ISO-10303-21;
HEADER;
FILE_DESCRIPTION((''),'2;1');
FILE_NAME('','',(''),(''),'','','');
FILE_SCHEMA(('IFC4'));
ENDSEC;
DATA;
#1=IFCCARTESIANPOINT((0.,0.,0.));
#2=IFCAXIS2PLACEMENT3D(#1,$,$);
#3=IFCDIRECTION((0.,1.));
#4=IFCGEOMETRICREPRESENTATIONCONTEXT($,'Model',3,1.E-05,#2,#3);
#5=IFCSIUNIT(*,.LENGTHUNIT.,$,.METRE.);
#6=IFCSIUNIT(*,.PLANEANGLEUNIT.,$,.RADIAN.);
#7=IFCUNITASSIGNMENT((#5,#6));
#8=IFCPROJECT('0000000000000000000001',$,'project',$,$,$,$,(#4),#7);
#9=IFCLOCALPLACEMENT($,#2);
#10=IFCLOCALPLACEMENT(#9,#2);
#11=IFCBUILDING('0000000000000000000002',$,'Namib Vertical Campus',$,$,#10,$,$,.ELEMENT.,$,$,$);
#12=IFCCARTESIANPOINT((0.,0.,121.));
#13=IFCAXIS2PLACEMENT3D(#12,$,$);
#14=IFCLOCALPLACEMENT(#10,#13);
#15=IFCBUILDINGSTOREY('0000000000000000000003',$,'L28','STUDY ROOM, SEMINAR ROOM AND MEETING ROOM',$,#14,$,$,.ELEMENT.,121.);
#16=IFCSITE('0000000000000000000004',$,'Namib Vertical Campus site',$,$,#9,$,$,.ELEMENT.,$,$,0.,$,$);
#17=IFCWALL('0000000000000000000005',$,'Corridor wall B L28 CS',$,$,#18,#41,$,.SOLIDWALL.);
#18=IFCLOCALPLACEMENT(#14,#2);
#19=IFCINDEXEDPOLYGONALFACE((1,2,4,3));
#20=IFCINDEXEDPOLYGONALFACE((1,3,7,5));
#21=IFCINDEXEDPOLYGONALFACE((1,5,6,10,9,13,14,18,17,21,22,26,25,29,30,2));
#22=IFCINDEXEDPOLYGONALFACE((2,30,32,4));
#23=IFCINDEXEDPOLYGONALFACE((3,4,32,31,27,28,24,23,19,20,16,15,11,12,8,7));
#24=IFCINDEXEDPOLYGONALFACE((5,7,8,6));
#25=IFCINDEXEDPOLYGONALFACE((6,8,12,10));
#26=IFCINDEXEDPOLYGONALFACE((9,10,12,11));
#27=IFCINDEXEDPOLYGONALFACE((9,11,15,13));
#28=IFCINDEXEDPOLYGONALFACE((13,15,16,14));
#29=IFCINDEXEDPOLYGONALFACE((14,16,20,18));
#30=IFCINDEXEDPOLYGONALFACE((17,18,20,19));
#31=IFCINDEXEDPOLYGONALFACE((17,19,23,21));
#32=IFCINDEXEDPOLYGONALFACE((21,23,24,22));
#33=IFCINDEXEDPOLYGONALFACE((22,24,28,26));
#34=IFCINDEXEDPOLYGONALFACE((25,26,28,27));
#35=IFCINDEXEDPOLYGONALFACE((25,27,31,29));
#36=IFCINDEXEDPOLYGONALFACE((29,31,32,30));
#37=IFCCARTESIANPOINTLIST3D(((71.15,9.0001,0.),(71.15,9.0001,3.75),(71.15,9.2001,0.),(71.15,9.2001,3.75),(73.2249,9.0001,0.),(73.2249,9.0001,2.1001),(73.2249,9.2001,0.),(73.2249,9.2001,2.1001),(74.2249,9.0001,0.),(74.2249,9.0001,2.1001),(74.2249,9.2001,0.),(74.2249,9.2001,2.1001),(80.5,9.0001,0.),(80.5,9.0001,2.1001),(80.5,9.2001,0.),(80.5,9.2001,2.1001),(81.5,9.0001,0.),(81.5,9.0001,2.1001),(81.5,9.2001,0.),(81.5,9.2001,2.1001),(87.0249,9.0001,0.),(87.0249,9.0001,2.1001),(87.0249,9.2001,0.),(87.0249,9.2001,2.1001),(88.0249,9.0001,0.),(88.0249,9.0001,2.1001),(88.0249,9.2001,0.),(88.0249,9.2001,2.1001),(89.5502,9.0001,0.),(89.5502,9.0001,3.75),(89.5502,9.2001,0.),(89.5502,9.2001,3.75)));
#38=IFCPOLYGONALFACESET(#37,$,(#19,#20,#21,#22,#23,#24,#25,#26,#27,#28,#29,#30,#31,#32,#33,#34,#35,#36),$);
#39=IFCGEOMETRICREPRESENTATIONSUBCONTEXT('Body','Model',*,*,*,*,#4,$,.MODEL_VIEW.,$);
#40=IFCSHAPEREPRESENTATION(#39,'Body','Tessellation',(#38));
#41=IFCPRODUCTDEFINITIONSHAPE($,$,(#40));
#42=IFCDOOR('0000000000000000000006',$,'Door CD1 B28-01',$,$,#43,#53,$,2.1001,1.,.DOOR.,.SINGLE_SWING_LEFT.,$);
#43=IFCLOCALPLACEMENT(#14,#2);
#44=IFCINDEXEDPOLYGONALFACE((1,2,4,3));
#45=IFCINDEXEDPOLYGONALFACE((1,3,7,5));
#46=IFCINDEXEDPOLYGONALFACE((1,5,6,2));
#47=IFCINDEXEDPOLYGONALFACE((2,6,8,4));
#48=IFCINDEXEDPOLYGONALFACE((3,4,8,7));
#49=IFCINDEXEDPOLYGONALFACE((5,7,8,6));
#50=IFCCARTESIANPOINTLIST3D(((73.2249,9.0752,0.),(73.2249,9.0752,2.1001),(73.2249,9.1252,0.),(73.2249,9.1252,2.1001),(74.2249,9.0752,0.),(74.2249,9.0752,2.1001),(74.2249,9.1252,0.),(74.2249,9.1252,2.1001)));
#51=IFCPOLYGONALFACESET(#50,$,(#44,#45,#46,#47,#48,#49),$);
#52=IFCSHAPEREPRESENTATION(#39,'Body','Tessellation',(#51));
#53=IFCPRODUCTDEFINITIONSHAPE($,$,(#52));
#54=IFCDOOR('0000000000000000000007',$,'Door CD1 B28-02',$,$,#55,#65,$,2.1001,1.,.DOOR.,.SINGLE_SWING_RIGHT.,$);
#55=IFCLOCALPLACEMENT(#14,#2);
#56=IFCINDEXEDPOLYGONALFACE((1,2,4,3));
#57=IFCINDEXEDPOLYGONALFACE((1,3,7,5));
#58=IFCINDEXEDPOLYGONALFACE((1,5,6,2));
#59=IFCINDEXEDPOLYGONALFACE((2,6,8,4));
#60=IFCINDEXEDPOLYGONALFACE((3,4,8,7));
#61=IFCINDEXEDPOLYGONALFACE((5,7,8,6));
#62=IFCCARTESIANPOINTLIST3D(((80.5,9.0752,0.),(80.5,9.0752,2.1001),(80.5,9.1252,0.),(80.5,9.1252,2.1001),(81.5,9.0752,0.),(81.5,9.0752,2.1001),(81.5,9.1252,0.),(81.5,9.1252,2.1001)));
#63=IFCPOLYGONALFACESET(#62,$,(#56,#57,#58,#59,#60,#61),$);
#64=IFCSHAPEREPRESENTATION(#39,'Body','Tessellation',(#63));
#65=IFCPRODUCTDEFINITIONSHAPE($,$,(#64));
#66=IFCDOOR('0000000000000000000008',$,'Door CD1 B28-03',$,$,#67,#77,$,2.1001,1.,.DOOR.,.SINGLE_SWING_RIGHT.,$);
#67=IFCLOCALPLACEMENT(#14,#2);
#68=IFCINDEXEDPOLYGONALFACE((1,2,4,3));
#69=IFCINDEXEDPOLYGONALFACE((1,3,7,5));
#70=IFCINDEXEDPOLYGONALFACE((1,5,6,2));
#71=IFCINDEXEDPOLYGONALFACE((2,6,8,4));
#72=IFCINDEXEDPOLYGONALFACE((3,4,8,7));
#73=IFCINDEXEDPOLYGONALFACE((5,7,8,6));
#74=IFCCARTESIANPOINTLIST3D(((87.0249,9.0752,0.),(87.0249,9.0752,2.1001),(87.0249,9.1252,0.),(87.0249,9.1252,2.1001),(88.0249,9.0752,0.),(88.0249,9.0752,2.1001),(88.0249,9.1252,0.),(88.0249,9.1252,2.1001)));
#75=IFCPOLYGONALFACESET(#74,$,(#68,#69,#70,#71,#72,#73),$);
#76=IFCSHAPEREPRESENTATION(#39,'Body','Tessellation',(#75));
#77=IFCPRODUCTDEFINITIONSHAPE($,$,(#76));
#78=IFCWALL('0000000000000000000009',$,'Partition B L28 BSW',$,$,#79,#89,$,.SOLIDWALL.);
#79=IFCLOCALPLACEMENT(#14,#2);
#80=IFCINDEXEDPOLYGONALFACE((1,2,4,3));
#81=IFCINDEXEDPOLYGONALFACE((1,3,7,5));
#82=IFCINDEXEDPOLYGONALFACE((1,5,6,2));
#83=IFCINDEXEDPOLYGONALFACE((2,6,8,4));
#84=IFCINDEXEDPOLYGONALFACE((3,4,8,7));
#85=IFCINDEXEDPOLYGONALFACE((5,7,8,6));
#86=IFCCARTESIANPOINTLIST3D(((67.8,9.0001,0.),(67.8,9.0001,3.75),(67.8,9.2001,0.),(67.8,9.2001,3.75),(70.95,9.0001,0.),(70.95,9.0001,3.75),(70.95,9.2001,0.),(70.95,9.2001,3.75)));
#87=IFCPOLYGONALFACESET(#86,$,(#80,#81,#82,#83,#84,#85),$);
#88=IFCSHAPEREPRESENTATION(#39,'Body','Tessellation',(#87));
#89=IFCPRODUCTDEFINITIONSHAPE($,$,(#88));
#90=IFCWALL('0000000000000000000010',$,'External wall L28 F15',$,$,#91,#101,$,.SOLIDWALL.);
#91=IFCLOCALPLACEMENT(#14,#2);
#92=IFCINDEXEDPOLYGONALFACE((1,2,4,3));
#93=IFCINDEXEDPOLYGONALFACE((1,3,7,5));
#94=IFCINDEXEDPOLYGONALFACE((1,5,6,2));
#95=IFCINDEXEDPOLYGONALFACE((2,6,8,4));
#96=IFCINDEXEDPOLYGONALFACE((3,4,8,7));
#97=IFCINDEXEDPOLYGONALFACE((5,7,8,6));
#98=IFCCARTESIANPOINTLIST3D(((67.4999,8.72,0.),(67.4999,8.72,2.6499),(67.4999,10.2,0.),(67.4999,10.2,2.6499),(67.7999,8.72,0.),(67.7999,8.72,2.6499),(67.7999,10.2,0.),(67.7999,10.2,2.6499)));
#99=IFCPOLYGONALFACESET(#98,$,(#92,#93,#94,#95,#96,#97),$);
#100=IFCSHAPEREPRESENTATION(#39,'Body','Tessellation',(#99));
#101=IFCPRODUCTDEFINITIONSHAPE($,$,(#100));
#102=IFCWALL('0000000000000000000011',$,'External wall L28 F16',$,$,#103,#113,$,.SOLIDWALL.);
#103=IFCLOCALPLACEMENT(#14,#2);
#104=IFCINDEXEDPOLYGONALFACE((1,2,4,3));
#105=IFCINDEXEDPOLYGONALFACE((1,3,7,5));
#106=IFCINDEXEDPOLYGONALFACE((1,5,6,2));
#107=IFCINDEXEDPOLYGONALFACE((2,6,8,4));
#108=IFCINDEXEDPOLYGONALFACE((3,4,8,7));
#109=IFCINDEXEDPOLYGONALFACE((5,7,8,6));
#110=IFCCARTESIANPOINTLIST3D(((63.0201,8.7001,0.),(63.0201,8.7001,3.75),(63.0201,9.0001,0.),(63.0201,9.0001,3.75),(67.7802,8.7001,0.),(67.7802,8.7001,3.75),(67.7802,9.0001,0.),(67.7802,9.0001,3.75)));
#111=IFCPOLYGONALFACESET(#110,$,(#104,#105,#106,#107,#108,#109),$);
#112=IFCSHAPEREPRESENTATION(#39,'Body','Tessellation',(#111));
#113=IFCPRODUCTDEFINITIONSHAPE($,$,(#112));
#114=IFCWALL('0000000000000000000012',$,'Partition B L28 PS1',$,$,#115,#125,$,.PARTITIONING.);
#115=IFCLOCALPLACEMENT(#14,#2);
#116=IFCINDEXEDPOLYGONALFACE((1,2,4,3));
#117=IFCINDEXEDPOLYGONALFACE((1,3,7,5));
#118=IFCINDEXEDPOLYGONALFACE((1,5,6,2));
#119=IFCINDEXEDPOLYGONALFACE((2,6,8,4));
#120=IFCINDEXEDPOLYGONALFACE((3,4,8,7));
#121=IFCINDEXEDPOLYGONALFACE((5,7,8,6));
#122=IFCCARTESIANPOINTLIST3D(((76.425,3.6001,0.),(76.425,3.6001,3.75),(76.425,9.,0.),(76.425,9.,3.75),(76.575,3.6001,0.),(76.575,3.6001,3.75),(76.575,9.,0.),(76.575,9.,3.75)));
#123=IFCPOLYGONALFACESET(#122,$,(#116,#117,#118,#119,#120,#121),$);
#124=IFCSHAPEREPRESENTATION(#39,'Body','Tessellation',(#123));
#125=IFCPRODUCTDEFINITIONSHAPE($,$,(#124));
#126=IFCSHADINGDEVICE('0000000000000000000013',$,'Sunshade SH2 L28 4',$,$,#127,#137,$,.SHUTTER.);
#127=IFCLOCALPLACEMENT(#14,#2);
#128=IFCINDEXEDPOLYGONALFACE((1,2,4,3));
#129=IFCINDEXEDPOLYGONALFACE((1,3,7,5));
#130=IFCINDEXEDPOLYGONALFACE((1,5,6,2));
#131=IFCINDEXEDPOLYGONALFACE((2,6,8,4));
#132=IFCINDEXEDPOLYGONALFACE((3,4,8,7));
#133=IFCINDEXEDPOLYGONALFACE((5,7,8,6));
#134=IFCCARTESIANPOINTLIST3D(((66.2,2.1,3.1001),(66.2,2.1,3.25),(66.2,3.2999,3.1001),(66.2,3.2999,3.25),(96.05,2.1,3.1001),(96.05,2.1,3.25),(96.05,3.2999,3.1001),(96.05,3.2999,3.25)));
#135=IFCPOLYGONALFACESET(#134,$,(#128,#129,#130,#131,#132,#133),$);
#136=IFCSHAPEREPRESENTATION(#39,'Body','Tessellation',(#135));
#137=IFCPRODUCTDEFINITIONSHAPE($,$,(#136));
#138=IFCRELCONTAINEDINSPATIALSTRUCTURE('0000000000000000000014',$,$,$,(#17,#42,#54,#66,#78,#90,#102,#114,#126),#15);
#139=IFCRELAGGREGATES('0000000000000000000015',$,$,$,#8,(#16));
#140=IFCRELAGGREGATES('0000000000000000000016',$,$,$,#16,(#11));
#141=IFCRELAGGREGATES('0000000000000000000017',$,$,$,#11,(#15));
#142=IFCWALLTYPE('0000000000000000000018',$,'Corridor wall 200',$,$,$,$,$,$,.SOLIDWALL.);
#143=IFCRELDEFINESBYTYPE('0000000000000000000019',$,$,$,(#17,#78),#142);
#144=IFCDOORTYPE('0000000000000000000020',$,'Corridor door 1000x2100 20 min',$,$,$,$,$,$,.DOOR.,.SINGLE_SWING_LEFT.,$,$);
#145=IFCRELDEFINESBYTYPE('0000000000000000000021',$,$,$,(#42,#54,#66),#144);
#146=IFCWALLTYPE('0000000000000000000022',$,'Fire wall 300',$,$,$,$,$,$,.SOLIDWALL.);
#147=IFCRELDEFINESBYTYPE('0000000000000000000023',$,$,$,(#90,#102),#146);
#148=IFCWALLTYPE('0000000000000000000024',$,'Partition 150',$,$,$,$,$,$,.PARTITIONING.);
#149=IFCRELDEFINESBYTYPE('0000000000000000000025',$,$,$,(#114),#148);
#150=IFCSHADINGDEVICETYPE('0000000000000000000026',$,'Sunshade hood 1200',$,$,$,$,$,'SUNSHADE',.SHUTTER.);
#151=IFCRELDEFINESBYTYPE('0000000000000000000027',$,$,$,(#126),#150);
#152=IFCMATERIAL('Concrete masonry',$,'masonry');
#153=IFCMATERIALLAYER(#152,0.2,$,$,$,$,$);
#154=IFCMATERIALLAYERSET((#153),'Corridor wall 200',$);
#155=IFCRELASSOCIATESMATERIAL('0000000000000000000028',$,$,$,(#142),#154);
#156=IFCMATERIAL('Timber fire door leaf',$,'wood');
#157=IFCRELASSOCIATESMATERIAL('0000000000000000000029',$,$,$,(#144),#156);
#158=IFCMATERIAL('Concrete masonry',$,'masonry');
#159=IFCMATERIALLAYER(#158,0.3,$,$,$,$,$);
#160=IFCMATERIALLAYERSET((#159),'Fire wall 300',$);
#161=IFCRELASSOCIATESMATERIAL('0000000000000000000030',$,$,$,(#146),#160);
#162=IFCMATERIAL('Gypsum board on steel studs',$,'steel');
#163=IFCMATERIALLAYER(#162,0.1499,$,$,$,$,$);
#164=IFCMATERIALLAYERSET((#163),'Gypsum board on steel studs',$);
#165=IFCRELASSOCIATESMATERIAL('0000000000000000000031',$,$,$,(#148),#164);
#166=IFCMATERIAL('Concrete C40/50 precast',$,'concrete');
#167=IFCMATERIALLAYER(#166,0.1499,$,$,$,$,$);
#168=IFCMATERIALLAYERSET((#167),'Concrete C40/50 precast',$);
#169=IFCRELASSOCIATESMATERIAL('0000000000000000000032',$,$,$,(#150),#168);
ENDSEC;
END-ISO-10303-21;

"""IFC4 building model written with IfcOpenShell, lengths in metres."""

from ifc_helpers import new_model, si_unit, direction, frame, frame_2d, origin, origin_2d, place, context, subcontext, project, spatial, rectangle, extrude, material, layer, layer_set, type_object, element, fill, save


model = new_model("IFC4")

# Units and contexts
model_context = context("Model", 3, precision=1e-05, world=origin(), true_north=direction((0.0, 1.0)))
body_context = subcontext(model_context, "Body", "Model", "MODEL_VIEW")
ifc_project = project(units=[si_unit("LENGTHUNIT", "METRE"), si_unit("PLANEANGLEUNIT", "RADIAN")], contexts=[model_context])

# Site, building, storey
site_placement = place(None, origin())
site = spatial("IfcSite", under=ifc_project, at=site_placement, Name="Namib Vertical Campus site", CompositionType="ELEMENT", RefElevation=0.0)
building_placement = place(site_placement, origin())
building = spatial("IfcBuilding", under=site, at=building_placement, Name="Namib Vertical Campus", CompositionType="ELEMENT")
storey_placement = place(building_placement, frame((0.0, 0.0, 121.0)))
storey = spatial("IfcBuildingStorey", under=building, at=storey_placement, Name="L28", Description="STUDY ROOM, SEMINAR ROOM AND MEETING ROOM", CompositionType="ELEMENT", Elevation=121.0)

# Wall, openings, doors
ifc_material_1 = material(Name="Concrete masonry", Category="masonry")
ifc_layer_1 = layer(ifc_material_1, 0.2)
ifc_layer_set_1 = layer_set([ifc_layer_1], Name="Corridor wall 200")
wall_type_1 = type_object("IfcWallType", Name="Corridor wall 200", PredefinedType="SOLIDWALL", material=ifc_layer_set_1)
wall_1_placement = place(storey_placement, frame((71.1499, 9.1001, 0.0), z_axis=(0.0, 0.0, 1.0), x_axis=(1.0, 0.0, 0.0)))
wall_1 = element("IfcWall", 1, at=wall_1_placement, inside=storey, type_object=wall_type_1, Name="Corridor wall B L28 CS", PredefinedType="SOLIDWALL", context=body_context, shape_type="SweptSolid", body=[
    extrude(rectangle(XDim=18.4001, YDim=0.2, at=frame_2d((9.2002, 0.0))), origin(), (0.0, 0.0, 1.0), 3.75),
])
opening_1_placement = place(wall_1_placement, frame((2.075, 0.0, 0.0)))
opening_1 = element("IfcOpeningElement", 2, at=opening_1_placement, cuts=wall_1, PredefinedType="OPENING", context=body_context, shape_type="SweptSolid", body=[
    extrude(rectangle(XDim=1.0, YDim=2.1001, at=frame_2d((0.5, 1.05))), frame((0.0, 0.1099, 0.0), z_axis=(0.0, -1.0, 0.0), x_axis=(1.0, 0.0, 0.0)), (0.0, 0.0, 1.0), 0.22),
])
opening_2_placement = place(wall_1_placement, frame((9.3501, 0.0, 0.0)))
opening_2 = element("IfcOpeningElement", 3, at=opening_2_placement, cuts=wall_1, PredefinedType="OPENING", context=body_context, shape_type="SweptSolid", body=[
    extrude(rectangle(XDim=1.0, YDim=2.1001, at=frame_2d((0.5, 1.05))), frame((0.0, 0.1099, 0.0), z_axis=(0.0, -1.0, 0.0), x_axis=(1.0, 0.0, 0.0)), (0.0, 0.0, 1.0), 0.22),
])
opening_3_placement = place(wall_1_placement, frame((15.875, 0.0, 0.0)))
opening_3 = element("IfcOpeningElement", 4, at=opening_3_placement, cuts=wall_1, PredefinedType="OPENING", context=body_context, shape_type="SweptSolid", body=[
    extrude(rectangle(XDim=1.0, YDim=2.1001, at=frame_2d((0.5, 1.05))), frame((0.0, 0.1099, 0.0), z_axis=(0.0, -1.0, 0.0), x_axis=(1.0, 0.0, 0.0)), (0.0, 0.0, 1.0), 0.22),
])
ifc_material_2 = material(Name="Timber fire door leaf", Category="wood")
door_type_1 = type_object("IfcDoorType", Name="Corridor door 1000x2100 20 min", OperationType="SINGLE_SWING_LEFT", PredefinedType="DOOR", material=ifc_material_2)
door_1_placement = place(opening_1_placement, frame((1.0, 0.0, 0.0), z_axis=(0.0, 0.0, 1.0), x_axis=(-1.0, 0.0, 0.0)))
door_1 = element("IfcDoor", 5, at=door_1_placement, inside=storey, type_object=door_type_1, Name="Door CD1 B28-01", OperationType="SINGLE_SWING_LEFT", OverallHeight=2.1001, OverallWidth=1.0, PredefinedType="DOOR", context=body_context, shape_type="SweptSolid", body=[
    extrude(rectangle(XDim=1.0, YDim=2.1001, at=frame_2d((0.5, 1.05))), frame((0.0, 0.0249, 0.0), z_axis=(0.0, -1.0, 0.0), x_axis=(1.0, 0.0, 0.0)), (0.0, 0.0, 1.0), 0.05),
])
fill(opening_1, door_1)
door_2_placement = place(opening_2_placement, frame((1.0, 0.0, 0.0), z_axis=(0.0, 0.0, 1.0), x_axis=(-1.0, 0.0, 0.0)))
door_2 = element("IfcDoor", 6, at=door_2_placement, inside=storey, type_object=door_type_1, Name="Door CD1 B28-02", OperationType="SINGLE_SWING_RIGHT", OverallHeight=2.1001, OverallWidth=1.0, PredefinedType="DOOR", context=body_context, shape_type="SweptSolid", body=[
    extrude(rectangle(XDim=1.0, YDim=2.1001, at=frame_2d((0.5, 1.05))), frame((0.0, 0.0249, 0.0), z_axis=(0.0, -1.0, 0.0), x_axis=(1.0, 0.0, 0.0)), (0.0, 0.0, 1.0), 0.05),
])
fill(opening_2, door_2)
door_3_placement = place(opening_3_placement, frame((1.0, 0.0, 0.0), z_axis=(0.0, 0.0, 1.0), x_axis=(-1.0, 0.0, 0.0)))
door_3 = element("IfcDoor", 7, at=door_3_placement, inside=storey, type_object=door_type_1, Name="Door CD1 B28-03", OperationType="SINGLE_SWING_RIGHT", OverallHeight=2.1001, OverallWidth=1.0, PredefinedType="DOOR", context=body_context, shape_type="SweptSolid", body=[
    extrude(rectangle(XDim=1.0, YDim=2.1001, at=frame_2d((0.5, 1.05))), frame((0.0, 0.0249, 0.0), z_axis=(0.0, -1.0, 0.0), x_axis=(1.0, 0.0, 0.0)), (0.0, 0.0, 1.0), 0.05),
])
fill(opening_3, door_3)

# Walls
wall_2_placement = place(storey_placement, frame((67.8, 9.1001, 0.0), z_axis=(0.0, 0.0, 1.0), x_axis=(1.0, 0.0, 0.0)))
element("IfcWall", 8, at=wall_2_placement, inside=storey, type_object=wall_type_1, Name="Partition B L28 BSW", PredefinedType="SOLIDWALL", context=body_context, shape_type="SweptSolid", body=[
    extrude(rectangle(XDim=3.1499, YDim=0.2, at=frame_2d((1.575, 0.0))), origin(), (0.0, 0.0, 1.0), 3.75),
])
ifc_material_3 = material(Name="Concrete masonry", Category="masonry")
ifc_layer_2 = layer(ifc_material_3, 0.3)
ifc_layer_set_2 = layer_set([ifc_layer_2], Name="Fire wall 300")
wall_type_2 = type_object("IfcWallType", Name="Fire wall 300", PredefinedType="SOLIDWALL", material=ifc_layer_set_2)
wall_3_placement = place(storey_placement, frame((67.6499, 10.2, 0.0), z_axis=(0.0, 0.0, 1.0), x_axis=(0.0, -1.0, 0.0)))
element("IfcWall", 9, at=wall_3_placement, inside=storey, type_object=wall_type_2, Name="External wall L28 F15", PredefinedType="SOLIDWALL", context=body_context, shape_type="SweptSolid", body=[
    extrude(rectangle(XDim=1.48, YDim=0.3, at=frame_2d((0.74, 0.0))), origin(), (0.0, 0.0, 1.0), 2.6499),
])
wall_4_placement = place(storey_placement, frame((67.78, 8.8501, 0.0), z_axis=(0.0, 0.0, 1.0), x_axis=(-1.0, 0.0, 0.0)))
element("IfcWall", 10, at=wall_4_placement, inside=storey, type_object=wall_type_2, Name="External wall L28 F16", PredefinedType="SOLIDWALL", context=body_context, shape_type="SweptSolid", body=[
    extrude(rectangle(XDim=4.76, YDim=0.3, at=frame_2d((2.3799, 0.0))), origin(), (0.0, 0.0, 1.0), 3.75),
])
ifc_material_4 = material(Name="Gypsum board on steel studs", Category="steel")
ifc_layer_3 = layer(ifc_material_4, 0.1499)
ifc_layer_set_3 = layer_set([ifc_layer_3], Name="Gypsum board on steel studs")
wall_type_3 = type_object("IfcWallType", Name="Partition 150", PredefinedType="PARTITIONING", material=ifc_layer_set_3)
wall_5_placement = place(storey_placement, frame((76.5, 3.6001, 0.0), z_axis=(0.0, 0.0, 1.0), x_axis=(0.0, 1.0, 0.0)))
element("IfcWall", 11, at=wall_5_placement, inside=storey, type_object=wall_type_3, Name="Partition B L28 PS1", PredefinedType="PARTITIONING", context=body_context, shape_type="SweptSolid", body=[
    extrude(rectangle(XDim=5.3999, YDim=0.1499, at=frame_2d((2.7, 0.0))), origin(), (0.0, 0.0, 1.0), 3.75),
])

# Shading device
ifc_material_5 = material(Name="Concrete C40/50 precast", Category="concrete")
ifc_layer_4 = layer(ifc_material_5, 0.1499)
ifc_layer_set_4 = layer_set([ifc_layer_4], Name="Concrete C40/50 precast")
shading_device_type = type_object("IfcShadingDeviceType", Name="Sunshade hood 1200", ElementType="SUNSHADE", PredefinedType="SHUTTER", material=ifc_layer_set_4)
shading_device_placement = place(storey_placement, frame((81.125, 2.7, 3.1001), z_axis=(0.0, 0.0, 1.0), x_axis=(1.0, 0.0, 0.0)))
element("IfcShadingDevice", 12, at=shading_device_placement, inside=storey, type_object=shading_device_type, Name="Sunshade SH2 L28 4", PredefinedType="SHUTTER", context=body_context, shape_type="SweptSolid", body=[
    extrude(rectangle(XDim=29.8501, YDim=1.2, at=origin_2d()), origin(), (0.0, 0.0, 1.0), 0.1499),
])

save(model, "model.ifc")
